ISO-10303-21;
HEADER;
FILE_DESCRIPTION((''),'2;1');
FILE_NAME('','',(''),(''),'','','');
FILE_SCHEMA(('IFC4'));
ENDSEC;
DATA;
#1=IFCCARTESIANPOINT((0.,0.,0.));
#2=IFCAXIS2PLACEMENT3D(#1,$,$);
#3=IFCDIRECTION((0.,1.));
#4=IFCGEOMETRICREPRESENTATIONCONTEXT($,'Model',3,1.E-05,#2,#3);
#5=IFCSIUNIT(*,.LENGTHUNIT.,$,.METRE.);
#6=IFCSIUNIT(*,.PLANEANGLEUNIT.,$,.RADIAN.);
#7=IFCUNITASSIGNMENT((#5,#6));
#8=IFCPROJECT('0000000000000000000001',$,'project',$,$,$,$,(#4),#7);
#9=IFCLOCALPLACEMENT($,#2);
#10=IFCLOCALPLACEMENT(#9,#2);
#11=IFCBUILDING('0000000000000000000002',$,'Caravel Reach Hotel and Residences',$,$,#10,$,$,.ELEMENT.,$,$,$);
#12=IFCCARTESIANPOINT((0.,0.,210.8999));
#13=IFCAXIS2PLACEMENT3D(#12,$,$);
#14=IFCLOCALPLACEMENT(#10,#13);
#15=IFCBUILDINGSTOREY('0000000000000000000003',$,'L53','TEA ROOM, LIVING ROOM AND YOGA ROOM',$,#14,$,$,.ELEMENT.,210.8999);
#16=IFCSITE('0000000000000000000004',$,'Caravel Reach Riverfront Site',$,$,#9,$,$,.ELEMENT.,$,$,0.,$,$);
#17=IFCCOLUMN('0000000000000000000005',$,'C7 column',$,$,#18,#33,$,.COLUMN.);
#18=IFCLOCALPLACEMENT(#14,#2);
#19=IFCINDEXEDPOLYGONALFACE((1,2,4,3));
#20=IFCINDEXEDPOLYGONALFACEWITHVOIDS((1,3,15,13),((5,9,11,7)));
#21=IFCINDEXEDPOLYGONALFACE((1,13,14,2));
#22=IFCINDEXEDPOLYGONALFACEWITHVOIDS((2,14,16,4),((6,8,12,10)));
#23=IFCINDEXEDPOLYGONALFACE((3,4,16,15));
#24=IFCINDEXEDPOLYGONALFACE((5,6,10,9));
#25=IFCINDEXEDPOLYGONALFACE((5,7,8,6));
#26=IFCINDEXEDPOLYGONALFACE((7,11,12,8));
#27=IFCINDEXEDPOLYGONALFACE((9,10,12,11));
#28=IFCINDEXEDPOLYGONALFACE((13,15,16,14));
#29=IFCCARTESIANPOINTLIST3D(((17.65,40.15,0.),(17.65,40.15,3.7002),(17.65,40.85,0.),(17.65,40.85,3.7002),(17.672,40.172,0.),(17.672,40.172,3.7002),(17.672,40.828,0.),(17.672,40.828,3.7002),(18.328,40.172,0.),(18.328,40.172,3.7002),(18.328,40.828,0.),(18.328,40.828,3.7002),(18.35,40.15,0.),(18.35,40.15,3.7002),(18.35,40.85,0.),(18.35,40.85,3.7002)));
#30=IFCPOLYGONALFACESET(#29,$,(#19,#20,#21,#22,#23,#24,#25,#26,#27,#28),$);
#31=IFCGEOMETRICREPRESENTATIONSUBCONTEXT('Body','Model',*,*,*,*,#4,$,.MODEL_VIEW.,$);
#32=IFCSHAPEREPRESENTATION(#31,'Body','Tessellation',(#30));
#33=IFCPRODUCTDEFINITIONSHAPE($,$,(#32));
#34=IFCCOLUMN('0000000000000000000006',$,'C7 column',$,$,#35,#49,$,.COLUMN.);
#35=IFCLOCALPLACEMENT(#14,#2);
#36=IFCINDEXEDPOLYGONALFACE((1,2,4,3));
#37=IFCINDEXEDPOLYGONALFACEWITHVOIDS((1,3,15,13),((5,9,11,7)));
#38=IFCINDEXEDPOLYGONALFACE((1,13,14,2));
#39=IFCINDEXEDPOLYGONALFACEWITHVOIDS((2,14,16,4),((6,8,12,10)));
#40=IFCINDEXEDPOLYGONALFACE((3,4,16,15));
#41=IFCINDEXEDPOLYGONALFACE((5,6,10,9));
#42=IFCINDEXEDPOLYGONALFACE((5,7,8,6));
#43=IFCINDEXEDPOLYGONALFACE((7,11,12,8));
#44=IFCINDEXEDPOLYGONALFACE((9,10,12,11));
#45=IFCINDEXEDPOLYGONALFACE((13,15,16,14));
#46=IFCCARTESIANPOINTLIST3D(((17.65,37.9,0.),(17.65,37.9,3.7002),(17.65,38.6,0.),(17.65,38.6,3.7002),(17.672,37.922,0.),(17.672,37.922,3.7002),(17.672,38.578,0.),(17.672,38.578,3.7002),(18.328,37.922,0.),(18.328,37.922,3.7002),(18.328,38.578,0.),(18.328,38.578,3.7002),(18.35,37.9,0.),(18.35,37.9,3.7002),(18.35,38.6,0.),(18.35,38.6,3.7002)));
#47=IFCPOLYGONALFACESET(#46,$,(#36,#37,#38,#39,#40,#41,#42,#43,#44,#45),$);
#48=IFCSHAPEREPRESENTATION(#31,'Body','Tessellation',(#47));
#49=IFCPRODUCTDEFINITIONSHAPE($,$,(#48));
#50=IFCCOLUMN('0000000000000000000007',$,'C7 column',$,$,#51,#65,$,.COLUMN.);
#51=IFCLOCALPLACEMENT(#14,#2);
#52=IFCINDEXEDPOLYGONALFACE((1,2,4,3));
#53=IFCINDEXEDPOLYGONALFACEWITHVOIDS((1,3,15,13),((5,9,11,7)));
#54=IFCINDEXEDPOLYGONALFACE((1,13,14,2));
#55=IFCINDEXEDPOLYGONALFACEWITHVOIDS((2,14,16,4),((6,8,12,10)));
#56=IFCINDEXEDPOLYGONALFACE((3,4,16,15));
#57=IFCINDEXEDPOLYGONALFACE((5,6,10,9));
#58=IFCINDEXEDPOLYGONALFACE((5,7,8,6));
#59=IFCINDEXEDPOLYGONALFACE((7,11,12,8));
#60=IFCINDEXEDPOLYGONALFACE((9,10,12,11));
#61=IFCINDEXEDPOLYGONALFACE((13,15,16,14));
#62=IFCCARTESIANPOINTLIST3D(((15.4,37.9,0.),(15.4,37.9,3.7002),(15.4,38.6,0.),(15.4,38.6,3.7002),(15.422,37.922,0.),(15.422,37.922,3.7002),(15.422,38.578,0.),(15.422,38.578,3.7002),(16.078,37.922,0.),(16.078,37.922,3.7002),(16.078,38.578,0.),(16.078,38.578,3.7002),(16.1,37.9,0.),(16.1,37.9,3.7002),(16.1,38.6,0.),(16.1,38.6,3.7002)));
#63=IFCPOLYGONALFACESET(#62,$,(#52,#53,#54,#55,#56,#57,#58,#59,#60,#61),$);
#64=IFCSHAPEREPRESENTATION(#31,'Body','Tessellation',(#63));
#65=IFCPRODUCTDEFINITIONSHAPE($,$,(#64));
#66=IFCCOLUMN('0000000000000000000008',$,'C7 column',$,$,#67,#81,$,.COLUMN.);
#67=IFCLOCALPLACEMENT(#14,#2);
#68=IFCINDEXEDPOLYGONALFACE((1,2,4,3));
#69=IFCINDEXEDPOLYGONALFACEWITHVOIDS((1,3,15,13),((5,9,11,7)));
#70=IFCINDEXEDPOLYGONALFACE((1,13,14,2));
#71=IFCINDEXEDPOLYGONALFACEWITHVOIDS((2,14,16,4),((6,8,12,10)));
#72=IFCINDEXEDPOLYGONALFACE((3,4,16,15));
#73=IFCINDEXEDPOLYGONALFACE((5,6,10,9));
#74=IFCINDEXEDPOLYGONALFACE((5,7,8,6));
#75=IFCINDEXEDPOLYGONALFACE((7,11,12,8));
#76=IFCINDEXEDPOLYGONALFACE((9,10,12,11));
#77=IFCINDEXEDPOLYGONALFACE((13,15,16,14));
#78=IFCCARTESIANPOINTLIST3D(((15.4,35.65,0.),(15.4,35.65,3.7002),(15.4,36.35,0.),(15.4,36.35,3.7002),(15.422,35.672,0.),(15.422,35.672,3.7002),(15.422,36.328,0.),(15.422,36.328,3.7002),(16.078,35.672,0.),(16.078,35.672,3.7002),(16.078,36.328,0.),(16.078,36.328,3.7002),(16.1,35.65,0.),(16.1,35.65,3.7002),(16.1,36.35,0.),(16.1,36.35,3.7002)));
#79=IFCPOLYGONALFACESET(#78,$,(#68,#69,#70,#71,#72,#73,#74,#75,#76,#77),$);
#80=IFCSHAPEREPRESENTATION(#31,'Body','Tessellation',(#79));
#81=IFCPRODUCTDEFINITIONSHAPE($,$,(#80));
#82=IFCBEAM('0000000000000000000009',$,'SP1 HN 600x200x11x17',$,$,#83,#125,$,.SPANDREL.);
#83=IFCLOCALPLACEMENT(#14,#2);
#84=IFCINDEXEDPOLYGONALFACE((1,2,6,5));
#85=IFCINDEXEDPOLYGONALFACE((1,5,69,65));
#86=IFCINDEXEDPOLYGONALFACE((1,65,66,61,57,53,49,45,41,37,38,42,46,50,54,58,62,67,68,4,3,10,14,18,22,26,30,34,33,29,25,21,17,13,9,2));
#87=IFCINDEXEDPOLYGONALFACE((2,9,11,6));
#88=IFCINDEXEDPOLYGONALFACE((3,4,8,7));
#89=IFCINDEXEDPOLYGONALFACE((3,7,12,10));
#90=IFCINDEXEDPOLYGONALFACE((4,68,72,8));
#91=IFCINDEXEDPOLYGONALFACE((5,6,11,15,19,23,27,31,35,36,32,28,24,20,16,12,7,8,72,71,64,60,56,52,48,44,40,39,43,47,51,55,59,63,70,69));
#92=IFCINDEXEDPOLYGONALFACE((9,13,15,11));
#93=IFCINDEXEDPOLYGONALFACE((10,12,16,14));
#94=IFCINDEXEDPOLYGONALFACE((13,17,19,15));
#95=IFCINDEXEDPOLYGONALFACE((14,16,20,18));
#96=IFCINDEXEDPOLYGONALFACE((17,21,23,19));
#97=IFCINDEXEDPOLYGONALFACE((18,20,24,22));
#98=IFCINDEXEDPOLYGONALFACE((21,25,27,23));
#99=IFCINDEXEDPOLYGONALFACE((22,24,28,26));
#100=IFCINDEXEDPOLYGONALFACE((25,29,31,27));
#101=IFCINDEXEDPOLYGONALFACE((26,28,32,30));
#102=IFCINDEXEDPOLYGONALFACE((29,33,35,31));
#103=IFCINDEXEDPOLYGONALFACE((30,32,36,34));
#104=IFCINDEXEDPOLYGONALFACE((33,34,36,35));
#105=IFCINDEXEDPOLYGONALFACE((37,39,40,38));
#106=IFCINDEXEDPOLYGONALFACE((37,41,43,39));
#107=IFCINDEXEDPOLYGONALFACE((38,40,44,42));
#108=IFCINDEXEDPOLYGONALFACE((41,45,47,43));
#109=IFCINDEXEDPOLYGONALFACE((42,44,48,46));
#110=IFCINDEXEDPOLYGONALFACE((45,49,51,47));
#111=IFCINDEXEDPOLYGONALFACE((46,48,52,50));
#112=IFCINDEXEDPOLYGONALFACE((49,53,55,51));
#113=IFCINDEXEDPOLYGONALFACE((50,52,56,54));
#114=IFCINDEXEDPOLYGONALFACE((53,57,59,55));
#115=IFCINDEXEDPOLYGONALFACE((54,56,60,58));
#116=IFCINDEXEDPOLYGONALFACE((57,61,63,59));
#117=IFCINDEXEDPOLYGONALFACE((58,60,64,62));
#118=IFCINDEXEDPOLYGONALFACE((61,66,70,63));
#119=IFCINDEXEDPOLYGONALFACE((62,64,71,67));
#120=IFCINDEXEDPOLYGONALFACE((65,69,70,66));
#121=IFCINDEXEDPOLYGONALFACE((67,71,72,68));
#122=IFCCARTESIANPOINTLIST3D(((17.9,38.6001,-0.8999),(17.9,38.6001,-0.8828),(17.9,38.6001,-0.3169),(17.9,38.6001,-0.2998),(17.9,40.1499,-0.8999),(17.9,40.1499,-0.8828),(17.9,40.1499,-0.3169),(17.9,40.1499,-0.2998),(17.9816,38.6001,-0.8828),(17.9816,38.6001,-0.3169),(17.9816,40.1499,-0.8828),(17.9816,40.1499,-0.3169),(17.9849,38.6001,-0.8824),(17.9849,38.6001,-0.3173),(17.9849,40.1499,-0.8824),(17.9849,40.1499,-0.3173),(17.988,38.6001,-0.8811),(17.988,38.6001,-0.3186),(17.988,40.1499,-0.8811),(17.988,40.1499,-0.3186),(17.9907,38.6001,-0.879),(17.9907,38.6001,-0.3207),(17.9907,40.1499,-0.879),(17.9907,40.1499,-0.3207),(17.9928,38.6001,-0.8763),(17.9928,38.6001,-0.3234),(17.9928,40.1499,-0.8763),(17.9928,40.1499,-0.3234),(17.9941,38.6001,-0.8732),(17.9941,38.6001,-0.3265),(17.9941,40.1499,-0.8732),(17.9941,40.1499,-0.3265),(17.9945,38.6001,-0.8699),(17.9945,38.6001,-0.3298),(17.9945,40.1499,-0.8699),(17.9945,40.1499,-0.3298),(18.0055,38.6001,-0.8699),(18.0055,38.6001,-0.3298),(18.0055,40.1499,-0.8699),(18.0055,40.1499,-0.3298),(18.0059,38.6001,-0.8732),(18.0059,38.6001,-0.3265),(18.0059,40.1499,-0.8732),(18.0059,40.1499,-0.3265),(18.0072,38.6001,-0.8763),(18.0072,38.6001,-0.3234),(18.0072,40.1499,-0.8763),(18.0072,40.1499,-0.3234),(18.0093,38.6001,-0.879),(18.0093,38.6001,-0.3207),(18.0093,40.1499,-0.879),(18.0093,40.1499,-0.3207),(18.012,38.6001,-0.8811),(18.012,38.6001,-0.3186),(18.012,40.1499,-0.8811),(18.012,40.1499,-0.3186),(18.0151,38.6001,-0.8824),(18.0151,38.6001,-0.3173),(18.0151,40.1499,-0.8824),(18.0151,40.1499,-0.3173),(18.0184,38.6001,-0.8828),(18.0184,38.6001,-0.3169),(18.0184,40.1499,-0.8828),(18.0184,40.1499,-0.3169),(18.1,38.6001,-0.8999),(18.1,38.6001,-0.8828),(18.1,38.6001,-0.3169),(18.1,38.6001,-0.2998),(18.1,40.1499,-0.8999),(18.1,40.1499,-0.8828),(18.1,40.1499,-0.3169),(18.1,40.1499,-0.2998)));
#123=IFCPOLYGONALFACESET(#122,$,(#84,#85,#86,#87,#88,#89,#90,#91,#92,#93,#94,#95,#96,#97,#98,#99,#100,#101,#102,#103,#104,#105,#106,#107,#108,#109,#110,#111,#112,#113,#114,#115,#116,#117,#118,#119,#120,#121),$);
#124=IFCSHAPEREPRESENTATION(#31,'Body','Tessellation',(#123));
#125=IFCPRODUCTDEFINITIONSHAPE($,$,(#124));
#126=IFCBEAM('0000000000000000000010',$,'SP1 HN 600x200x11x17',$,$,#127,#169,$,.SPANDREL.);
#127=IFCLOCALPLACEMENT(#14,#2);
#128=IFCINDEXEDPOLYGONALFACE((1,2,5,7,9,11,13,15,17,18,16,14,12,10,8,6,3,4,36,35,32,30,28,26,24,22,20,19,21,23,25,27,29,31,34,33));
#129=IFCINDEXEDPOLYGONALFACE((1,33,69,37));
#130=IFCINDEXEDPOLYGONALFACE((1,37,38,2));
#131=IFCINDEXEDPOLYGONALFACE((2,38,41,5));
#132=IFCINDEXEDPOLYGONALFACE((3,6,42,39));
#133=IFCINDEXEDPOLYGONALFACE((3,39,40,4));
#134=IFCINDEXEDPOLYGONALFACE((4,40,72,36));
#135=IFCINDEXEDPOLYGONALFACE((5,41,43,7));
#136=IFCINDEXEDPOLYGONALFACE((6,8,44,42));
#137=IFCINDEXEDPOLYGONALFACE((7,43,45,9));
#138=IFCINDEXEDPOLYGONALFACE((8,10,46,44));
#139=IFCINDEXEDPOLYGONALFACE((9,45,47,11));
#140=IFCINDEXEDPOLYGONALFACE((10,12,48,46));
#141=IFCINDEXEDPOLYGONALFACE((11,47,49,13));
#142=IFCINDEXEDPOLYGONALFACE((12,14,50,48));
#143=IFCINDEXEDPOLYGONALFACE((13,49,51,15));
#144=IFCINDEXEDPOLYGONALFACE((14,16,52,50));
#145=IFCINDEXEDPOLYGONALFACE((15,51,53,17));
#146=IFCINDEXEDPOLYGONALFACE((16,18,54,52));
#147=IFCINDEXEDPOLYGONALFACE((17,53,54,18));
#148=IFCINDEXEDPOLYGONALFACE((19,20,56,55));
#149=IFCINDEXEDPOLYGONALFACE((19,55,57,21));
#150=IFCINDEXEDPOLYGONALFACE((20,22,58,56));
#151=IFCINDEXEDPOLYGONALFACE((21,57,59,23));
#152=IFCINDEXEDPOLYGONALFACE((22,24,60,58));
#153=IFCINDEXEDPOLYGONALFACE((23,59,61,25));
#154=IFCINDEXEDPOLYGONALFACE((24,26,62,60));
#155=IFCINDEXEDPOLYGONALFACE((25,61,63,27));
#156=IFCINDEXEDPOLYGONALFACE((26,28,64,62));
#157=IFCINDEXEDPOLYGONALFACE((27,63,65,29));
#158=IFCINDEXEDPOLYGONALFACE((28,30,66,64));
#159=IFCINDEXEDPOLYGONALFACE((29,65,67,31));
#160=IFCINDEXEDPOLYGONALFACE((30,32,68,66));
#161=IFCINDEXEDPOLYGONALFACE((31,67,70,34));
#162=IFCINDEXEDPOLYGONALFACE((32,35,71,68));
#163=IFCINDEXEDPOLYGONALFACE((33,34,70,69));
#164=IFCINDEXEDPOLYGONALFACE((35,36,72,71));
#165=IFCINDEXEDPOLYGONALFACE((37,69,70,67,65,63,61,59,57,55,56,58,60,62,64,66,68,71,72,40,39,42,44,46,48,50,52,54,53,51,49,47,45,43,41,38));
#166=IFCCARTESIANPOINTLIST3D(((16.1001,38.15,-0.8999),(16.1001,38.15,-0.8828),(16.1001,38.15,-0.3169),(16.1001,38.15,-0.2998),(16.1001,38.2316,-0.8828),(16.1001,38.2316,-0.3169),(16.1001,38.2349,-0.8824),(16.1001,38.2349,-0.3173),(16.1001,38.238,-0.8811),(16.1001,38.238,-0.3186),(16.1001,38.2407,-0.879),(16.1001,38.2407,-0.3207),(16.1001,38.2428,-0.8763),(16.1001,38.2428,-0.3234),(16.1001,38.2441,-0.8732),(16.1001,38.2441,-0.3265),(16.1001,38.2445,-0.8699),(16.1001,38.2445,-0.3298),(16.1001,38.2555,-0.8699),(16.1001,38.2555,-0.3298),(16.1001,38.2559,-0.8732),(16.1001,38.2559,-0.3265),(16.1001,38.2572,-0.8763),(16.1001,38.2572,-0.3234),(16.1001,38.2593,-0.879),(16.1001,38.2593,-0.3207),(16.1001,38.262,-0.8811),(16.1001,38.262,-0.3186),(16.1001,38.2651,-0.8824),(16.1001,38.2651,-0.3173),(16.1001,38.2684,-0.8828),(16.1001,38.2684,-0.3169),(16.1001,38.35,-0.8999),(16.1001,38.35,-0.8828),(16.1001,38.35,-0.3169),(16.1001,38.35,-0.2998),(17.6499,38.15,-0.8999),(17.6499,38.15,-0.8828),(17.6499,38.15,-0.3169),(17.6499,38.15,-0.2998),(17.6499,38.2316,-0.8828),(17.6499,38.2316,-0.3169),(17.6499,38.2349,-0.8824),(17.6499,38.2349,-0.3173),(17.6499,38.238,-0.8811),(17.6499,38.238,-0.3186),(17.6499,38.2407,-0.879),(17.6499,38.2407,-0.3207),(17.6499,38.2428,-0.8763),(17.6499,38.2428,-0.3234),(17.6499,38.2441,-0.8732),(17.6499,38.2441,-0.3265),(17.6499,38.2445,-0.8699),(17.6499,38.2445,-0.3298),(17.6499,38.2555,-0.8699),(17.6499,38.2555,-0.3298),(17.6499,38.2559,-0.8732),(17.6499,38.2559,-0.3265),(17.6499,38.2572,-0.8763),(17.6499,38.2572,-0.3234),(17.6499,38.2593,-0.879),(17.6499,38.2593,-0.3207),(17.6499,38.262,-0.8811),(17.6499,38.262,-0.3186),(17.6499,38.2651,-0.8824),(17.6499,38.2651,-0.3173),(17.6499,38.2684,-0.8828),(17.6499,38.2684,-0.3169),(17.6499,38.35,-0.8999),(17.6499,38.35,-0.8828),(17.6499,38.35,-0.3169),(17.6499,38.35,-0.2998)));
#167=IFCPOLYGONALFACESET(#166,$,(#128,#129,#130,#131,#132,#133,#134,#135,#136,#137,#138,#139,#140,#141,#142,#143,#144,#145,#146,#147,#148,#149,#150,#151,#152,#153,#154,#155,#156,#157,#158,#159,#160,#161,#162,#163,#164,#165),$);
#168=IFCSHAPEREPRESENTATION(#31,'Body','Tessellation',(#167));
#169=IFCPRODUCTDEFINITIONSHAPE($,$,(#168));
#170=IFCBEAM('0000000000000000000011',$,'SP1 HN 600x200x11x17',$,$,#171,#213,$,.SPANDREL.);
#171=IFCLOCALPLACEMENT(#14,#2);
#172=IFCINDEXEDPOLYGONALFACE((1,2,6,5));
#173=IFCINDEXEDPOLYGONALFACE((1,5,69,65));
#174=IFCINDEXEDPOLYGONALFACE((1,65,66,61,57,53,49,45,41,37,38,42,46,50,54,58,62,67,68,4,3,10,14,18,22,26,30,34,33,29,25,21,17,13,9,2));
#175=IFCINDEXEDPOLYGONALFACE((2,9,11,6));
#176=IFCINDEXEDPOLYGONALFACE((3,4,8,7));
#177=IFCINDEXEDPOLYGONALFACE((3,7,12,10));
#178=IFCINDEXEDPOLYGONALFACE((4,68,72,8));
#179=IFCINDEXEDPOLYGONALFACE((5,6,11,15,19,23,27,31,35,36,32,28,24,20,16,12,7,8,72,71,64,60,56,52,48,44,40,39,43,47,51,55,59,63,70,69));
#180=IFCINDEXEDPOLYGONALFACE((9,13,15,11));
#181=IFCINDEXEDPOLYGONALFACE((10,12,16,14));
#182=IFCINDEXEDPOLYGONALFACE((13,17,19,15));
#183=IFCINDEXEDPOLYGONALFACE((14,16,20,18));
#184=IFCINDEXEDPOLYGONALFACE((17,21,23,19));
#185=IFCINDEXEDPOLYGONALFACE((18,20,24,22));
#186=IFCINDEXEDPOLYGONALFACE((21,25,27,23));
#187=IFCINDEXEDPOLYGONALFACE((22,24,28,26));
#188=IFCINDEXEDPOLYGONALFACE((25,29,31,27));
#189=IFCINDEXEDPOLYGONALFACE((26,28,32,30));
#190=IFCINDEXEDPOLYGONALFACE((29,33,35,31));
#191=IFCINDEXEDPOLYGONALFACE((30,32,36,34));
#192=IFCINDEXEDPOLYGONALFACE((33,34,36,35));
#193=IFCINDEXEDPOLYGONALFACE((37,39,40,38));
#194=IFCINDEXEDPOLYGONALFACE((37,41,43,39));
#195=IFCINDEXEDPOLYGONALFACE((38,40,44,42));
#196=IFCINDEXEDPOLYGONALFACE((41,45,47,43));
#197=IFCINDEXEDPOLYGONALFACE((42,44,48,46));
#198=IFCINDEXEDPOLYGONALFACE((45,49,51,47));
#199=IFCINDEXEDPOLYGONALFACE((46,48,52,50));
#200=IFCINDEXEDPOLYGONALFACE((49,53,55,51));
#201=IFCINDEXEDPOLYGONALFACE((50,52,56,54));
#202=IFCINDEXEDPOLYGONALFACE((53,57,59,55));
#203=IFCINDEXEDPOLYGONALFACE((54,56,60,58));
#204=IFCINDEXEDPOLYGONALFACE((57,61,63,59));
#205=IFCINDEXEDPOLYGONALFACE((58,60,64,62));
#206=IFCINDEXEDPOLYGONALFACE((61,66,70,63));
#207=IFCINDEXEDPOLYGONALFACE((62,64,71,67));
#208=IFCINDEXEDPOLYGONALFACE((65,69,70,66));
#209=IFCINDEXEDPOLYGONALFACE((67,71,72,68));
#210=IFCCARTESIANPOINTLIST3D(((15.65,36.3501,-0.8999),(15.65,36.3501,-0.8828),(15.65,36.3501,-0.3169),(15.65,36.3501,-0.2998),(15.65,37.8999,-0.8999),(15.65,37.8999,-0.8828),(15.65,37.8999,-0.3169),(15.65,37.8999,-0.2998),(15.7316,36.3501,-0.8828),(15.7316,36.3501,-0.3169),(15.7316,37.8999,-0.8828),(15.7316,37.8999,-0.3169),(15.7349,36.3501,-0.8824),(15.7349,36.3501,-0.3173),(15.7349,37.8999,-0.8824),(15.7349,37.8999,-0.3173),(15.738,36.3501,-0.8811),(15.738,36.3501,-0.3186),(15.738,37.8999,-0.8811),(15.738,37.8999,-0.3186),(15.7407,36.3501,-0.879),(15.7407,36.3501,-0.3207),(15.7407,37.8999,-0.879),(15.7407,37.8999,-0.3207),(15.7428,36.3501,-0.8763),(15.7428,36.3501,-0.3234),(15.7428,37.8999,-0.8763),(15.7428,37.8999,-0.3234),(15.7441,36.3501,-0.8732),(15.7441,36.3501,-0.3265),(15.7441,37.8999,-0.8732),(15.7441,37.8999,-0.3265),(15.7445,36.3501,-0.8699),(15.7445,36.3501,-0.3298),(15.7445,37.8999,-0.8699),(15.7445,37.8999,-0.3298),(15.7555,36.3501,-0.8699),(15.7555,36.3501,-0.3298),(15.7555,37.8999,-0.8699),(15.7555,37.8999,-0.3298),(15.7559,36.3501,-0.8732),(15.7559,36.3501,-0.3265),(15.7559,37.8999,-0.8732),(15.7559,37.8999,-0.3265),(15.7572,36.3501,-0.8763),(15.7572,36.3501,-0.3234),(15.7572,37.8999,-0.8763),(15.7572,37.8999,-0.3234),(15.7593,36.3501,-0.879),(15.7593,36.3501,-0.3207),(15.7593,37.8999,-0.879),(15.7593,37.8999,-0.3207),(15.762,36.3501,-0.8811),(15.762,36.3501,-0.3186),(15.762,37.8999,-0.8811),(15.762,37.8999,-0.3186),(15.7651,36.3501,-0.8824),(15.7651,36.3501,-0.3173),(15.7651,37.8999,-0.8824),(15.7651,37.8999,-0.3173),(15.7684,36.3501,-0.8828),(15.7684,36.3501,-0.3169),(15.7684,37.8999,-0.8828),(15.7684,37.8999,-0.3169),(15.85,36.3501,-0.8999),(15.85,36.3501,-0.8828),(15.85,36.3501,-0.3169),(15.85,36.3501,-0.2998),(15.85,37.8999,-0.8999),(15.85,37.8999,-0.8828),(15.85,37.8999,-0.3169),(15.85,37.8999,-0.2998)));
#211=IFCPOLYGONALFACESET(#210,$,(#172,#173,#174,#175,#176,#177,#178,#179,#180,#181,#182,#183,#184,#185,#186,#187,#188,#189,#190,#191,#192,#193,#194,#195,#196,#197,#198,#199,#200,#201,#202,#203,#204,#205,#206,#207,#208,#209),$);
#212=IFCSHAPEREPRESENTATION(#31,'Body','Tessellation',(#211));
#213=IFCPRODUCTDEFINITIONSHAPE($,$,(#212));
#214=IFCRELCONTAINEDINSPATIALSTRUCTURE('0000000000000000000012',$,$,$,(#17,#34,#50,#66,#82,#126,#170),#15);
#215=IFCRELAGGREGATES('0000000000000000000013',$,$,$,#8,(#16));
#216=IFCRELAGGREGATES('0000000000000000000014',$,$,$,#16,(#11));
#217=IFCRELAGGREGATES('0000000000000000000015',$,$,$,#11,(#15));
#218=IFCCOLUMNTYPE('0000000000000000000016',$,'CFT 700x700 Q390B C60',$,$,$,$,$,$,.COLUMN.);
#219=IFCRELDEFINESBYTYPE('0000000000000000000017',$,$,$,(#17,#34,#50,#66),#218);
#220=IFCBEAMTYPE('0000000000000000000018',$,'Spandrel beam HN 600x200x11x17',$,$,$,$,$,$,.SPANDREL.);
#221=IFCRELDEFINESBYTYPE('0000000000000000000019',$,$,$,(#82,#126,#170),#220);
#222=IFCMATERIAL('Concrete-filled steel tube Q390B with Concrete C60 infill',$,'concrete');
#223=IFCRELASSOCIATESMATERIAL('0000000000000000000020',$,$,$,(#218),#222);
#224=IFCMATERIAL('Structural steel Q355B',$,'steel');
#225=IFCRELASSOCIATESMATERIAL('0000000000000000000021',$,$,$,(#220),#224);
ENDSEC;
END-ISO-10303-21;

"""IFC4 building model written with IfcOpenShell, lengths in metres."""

from ifc_helpers import new_model, si_unit, direction, frame, origin, origin_2d, place, context, subcontext, project, spatial, hollow_rectangle, i_section, extrude, material, material_profile, profile_set, type_object, element, save


model = new_model("IFC4")

# Units and contexts
model_context = context("Model", 3, precision=1e-05, world=origin(), true_north=direction((0.0, 1.0)))
body_context = subcontext(model_context, "Body", "Model", "MODEL_VIEW")
ifc_project = project(units=[si_unit("LENGTHUNIT", "METRE"), si_unit("PLANEANGLEUNIT", "RADIAN")], contexts=[model_context])

# Site, building, storey
site_placement = place(None, origin())
site = spatial("IfcSite", under=ifc_project, at=site_placement, Name="Caravel Reach Riverfront Site", CompositionType="ELEMENT", RefElevation=0.0)
building_placement = place(site_placement, origin())
building = spatial("IfcBuilding", under=site, at=building_placement, Name="Caravel Reach Hotel and Residences", CompositionType="ELEMENT")
storey_placement = place(building_placement, frame((0.0, 0.0, 210.8999)))
storey = spatial("IfcBuildingStorey", under=building, at=storey_placement, Name="L53", Description="TEA ROOM, LIVING ROOM AND YOGA ROOM", CompositionType="ELEMENT", Elevation=210.8999)

# Columns
ifc_material_1 = material(Name="Concrete-filled steel tube Q390B with Concrete C60 infill", Category="concrete")
ifc_material_profile_1 = material_profile(ifc_material_1, hollow_rectangle(XDim=0.7, YDim=0.7, WallThickness=0.022, at=origin_2d()), Name="RHS 700x700x22")
ifc_profile_set_1 = profile_set([ifc_material_profile_1], Name="Concrete-filled steel tube Q390B with Concrete C60 infill")
column_type = type_object("IfcColumnType", Name="CFT 700x700 Q390B C60", PredefinedType="COLUMN", material=ifc_profile_set_1)
for number, where, z_axis, x_axis, name in (
    (1, (18.0, 40.5, 0.0), (0.0, 0.0, 1.0), (1.0, 0.0, 0.0), "C7 column"),
    (2, (18.0, 38.25, 0.0), (0.0, 0.0, 1.0), (1.0, 0.0, 0.0), "C7 column"),
    (3, (15.75, 38.25, 0.0), (0.0, 0.0, 1.0), (1.0, 0.0, 0.0), "C7 column"),
    (4, (15.75, 36.0, 0.0), (0.0, 0.0, 1.0), (1.0, 0.0, 0.0), "C7 column"),
):
    element("IfcColumn", number, at=place(storey_placement, frame(where, z_axis=z_axis, x_axis=x_axis)), inside=storey, type_object=column_type, Name=name, PredefinedType="COLUMN", context=body_context, shape_type="SweptSolid", body=[
        extrude(hollow_rectangle(XDim=0.7, YDim=0.7, WallThickness=0.022, at=origin_2d()), origin(), (0.0, 0.0, 1.0), 3.7002),
    ])

# Beams
ifc_material_2 = material(Name="Structural steel Q355B", Category="steel")
ifc_material_profile_2 = material_profile(ifc_material_2, i_section(OverallWidth=0.2, OverallDepth=0.6001, WebThickness=0.011, FlangeThickness=0.0171, FilletRadius=0.0129, at=origin_2d()), Name="HN 600x200x11x17")
ifc_profile_set_2 = profile_set([ifc_material_profile_2], Name="Structural steel Q355B")
beam_type = type_object("IfcBeamType", Name="Spandrel beam HN 600x200x11x17", PredefinedType="SPANDREL", material=ifc_profile_set_2)
for number, where, z_axis, x_axis, name in (
    (5, (18.0, 40.1499, -0.5999), (0.0, -1.0, 0.0), (1.0, 0.0, 0.0), "SP1 HN 600x200x11x17"),
    (6, (17.6499, 38.25, -0.5999), (-1.0, 0.0, 0.0), (0.0, -1.0, 0.0), "SP1 HN 600x200x11x17"),
    (7, (15.75, 37.8999, -0.5999), (0.0, -1.0, 0.0), (1.0, 0.0, 0.0), "SP1 HN 600x200x11x17"),
):
    element("IfcBeam", number, at=place(storey_placement, frame(where, z_axis=z_axis, x_axis=x_axis)), inside=storey, type_object=beam_type, Name=name, PredefinedType="SPANDREL", context=body_context, shape_type="SweptSolid", body=[
        extrude(i_section(OverallWidth=0.2, OverallDepth=0.6001, WebThickness=0.011, FlangeThickness=0.0171, FilletRadius=0.0129, at=origin_2d()), origin(), (0.0, 0.0, 1.0), 1.5498),
    ])

save(model, "model.ifc")
